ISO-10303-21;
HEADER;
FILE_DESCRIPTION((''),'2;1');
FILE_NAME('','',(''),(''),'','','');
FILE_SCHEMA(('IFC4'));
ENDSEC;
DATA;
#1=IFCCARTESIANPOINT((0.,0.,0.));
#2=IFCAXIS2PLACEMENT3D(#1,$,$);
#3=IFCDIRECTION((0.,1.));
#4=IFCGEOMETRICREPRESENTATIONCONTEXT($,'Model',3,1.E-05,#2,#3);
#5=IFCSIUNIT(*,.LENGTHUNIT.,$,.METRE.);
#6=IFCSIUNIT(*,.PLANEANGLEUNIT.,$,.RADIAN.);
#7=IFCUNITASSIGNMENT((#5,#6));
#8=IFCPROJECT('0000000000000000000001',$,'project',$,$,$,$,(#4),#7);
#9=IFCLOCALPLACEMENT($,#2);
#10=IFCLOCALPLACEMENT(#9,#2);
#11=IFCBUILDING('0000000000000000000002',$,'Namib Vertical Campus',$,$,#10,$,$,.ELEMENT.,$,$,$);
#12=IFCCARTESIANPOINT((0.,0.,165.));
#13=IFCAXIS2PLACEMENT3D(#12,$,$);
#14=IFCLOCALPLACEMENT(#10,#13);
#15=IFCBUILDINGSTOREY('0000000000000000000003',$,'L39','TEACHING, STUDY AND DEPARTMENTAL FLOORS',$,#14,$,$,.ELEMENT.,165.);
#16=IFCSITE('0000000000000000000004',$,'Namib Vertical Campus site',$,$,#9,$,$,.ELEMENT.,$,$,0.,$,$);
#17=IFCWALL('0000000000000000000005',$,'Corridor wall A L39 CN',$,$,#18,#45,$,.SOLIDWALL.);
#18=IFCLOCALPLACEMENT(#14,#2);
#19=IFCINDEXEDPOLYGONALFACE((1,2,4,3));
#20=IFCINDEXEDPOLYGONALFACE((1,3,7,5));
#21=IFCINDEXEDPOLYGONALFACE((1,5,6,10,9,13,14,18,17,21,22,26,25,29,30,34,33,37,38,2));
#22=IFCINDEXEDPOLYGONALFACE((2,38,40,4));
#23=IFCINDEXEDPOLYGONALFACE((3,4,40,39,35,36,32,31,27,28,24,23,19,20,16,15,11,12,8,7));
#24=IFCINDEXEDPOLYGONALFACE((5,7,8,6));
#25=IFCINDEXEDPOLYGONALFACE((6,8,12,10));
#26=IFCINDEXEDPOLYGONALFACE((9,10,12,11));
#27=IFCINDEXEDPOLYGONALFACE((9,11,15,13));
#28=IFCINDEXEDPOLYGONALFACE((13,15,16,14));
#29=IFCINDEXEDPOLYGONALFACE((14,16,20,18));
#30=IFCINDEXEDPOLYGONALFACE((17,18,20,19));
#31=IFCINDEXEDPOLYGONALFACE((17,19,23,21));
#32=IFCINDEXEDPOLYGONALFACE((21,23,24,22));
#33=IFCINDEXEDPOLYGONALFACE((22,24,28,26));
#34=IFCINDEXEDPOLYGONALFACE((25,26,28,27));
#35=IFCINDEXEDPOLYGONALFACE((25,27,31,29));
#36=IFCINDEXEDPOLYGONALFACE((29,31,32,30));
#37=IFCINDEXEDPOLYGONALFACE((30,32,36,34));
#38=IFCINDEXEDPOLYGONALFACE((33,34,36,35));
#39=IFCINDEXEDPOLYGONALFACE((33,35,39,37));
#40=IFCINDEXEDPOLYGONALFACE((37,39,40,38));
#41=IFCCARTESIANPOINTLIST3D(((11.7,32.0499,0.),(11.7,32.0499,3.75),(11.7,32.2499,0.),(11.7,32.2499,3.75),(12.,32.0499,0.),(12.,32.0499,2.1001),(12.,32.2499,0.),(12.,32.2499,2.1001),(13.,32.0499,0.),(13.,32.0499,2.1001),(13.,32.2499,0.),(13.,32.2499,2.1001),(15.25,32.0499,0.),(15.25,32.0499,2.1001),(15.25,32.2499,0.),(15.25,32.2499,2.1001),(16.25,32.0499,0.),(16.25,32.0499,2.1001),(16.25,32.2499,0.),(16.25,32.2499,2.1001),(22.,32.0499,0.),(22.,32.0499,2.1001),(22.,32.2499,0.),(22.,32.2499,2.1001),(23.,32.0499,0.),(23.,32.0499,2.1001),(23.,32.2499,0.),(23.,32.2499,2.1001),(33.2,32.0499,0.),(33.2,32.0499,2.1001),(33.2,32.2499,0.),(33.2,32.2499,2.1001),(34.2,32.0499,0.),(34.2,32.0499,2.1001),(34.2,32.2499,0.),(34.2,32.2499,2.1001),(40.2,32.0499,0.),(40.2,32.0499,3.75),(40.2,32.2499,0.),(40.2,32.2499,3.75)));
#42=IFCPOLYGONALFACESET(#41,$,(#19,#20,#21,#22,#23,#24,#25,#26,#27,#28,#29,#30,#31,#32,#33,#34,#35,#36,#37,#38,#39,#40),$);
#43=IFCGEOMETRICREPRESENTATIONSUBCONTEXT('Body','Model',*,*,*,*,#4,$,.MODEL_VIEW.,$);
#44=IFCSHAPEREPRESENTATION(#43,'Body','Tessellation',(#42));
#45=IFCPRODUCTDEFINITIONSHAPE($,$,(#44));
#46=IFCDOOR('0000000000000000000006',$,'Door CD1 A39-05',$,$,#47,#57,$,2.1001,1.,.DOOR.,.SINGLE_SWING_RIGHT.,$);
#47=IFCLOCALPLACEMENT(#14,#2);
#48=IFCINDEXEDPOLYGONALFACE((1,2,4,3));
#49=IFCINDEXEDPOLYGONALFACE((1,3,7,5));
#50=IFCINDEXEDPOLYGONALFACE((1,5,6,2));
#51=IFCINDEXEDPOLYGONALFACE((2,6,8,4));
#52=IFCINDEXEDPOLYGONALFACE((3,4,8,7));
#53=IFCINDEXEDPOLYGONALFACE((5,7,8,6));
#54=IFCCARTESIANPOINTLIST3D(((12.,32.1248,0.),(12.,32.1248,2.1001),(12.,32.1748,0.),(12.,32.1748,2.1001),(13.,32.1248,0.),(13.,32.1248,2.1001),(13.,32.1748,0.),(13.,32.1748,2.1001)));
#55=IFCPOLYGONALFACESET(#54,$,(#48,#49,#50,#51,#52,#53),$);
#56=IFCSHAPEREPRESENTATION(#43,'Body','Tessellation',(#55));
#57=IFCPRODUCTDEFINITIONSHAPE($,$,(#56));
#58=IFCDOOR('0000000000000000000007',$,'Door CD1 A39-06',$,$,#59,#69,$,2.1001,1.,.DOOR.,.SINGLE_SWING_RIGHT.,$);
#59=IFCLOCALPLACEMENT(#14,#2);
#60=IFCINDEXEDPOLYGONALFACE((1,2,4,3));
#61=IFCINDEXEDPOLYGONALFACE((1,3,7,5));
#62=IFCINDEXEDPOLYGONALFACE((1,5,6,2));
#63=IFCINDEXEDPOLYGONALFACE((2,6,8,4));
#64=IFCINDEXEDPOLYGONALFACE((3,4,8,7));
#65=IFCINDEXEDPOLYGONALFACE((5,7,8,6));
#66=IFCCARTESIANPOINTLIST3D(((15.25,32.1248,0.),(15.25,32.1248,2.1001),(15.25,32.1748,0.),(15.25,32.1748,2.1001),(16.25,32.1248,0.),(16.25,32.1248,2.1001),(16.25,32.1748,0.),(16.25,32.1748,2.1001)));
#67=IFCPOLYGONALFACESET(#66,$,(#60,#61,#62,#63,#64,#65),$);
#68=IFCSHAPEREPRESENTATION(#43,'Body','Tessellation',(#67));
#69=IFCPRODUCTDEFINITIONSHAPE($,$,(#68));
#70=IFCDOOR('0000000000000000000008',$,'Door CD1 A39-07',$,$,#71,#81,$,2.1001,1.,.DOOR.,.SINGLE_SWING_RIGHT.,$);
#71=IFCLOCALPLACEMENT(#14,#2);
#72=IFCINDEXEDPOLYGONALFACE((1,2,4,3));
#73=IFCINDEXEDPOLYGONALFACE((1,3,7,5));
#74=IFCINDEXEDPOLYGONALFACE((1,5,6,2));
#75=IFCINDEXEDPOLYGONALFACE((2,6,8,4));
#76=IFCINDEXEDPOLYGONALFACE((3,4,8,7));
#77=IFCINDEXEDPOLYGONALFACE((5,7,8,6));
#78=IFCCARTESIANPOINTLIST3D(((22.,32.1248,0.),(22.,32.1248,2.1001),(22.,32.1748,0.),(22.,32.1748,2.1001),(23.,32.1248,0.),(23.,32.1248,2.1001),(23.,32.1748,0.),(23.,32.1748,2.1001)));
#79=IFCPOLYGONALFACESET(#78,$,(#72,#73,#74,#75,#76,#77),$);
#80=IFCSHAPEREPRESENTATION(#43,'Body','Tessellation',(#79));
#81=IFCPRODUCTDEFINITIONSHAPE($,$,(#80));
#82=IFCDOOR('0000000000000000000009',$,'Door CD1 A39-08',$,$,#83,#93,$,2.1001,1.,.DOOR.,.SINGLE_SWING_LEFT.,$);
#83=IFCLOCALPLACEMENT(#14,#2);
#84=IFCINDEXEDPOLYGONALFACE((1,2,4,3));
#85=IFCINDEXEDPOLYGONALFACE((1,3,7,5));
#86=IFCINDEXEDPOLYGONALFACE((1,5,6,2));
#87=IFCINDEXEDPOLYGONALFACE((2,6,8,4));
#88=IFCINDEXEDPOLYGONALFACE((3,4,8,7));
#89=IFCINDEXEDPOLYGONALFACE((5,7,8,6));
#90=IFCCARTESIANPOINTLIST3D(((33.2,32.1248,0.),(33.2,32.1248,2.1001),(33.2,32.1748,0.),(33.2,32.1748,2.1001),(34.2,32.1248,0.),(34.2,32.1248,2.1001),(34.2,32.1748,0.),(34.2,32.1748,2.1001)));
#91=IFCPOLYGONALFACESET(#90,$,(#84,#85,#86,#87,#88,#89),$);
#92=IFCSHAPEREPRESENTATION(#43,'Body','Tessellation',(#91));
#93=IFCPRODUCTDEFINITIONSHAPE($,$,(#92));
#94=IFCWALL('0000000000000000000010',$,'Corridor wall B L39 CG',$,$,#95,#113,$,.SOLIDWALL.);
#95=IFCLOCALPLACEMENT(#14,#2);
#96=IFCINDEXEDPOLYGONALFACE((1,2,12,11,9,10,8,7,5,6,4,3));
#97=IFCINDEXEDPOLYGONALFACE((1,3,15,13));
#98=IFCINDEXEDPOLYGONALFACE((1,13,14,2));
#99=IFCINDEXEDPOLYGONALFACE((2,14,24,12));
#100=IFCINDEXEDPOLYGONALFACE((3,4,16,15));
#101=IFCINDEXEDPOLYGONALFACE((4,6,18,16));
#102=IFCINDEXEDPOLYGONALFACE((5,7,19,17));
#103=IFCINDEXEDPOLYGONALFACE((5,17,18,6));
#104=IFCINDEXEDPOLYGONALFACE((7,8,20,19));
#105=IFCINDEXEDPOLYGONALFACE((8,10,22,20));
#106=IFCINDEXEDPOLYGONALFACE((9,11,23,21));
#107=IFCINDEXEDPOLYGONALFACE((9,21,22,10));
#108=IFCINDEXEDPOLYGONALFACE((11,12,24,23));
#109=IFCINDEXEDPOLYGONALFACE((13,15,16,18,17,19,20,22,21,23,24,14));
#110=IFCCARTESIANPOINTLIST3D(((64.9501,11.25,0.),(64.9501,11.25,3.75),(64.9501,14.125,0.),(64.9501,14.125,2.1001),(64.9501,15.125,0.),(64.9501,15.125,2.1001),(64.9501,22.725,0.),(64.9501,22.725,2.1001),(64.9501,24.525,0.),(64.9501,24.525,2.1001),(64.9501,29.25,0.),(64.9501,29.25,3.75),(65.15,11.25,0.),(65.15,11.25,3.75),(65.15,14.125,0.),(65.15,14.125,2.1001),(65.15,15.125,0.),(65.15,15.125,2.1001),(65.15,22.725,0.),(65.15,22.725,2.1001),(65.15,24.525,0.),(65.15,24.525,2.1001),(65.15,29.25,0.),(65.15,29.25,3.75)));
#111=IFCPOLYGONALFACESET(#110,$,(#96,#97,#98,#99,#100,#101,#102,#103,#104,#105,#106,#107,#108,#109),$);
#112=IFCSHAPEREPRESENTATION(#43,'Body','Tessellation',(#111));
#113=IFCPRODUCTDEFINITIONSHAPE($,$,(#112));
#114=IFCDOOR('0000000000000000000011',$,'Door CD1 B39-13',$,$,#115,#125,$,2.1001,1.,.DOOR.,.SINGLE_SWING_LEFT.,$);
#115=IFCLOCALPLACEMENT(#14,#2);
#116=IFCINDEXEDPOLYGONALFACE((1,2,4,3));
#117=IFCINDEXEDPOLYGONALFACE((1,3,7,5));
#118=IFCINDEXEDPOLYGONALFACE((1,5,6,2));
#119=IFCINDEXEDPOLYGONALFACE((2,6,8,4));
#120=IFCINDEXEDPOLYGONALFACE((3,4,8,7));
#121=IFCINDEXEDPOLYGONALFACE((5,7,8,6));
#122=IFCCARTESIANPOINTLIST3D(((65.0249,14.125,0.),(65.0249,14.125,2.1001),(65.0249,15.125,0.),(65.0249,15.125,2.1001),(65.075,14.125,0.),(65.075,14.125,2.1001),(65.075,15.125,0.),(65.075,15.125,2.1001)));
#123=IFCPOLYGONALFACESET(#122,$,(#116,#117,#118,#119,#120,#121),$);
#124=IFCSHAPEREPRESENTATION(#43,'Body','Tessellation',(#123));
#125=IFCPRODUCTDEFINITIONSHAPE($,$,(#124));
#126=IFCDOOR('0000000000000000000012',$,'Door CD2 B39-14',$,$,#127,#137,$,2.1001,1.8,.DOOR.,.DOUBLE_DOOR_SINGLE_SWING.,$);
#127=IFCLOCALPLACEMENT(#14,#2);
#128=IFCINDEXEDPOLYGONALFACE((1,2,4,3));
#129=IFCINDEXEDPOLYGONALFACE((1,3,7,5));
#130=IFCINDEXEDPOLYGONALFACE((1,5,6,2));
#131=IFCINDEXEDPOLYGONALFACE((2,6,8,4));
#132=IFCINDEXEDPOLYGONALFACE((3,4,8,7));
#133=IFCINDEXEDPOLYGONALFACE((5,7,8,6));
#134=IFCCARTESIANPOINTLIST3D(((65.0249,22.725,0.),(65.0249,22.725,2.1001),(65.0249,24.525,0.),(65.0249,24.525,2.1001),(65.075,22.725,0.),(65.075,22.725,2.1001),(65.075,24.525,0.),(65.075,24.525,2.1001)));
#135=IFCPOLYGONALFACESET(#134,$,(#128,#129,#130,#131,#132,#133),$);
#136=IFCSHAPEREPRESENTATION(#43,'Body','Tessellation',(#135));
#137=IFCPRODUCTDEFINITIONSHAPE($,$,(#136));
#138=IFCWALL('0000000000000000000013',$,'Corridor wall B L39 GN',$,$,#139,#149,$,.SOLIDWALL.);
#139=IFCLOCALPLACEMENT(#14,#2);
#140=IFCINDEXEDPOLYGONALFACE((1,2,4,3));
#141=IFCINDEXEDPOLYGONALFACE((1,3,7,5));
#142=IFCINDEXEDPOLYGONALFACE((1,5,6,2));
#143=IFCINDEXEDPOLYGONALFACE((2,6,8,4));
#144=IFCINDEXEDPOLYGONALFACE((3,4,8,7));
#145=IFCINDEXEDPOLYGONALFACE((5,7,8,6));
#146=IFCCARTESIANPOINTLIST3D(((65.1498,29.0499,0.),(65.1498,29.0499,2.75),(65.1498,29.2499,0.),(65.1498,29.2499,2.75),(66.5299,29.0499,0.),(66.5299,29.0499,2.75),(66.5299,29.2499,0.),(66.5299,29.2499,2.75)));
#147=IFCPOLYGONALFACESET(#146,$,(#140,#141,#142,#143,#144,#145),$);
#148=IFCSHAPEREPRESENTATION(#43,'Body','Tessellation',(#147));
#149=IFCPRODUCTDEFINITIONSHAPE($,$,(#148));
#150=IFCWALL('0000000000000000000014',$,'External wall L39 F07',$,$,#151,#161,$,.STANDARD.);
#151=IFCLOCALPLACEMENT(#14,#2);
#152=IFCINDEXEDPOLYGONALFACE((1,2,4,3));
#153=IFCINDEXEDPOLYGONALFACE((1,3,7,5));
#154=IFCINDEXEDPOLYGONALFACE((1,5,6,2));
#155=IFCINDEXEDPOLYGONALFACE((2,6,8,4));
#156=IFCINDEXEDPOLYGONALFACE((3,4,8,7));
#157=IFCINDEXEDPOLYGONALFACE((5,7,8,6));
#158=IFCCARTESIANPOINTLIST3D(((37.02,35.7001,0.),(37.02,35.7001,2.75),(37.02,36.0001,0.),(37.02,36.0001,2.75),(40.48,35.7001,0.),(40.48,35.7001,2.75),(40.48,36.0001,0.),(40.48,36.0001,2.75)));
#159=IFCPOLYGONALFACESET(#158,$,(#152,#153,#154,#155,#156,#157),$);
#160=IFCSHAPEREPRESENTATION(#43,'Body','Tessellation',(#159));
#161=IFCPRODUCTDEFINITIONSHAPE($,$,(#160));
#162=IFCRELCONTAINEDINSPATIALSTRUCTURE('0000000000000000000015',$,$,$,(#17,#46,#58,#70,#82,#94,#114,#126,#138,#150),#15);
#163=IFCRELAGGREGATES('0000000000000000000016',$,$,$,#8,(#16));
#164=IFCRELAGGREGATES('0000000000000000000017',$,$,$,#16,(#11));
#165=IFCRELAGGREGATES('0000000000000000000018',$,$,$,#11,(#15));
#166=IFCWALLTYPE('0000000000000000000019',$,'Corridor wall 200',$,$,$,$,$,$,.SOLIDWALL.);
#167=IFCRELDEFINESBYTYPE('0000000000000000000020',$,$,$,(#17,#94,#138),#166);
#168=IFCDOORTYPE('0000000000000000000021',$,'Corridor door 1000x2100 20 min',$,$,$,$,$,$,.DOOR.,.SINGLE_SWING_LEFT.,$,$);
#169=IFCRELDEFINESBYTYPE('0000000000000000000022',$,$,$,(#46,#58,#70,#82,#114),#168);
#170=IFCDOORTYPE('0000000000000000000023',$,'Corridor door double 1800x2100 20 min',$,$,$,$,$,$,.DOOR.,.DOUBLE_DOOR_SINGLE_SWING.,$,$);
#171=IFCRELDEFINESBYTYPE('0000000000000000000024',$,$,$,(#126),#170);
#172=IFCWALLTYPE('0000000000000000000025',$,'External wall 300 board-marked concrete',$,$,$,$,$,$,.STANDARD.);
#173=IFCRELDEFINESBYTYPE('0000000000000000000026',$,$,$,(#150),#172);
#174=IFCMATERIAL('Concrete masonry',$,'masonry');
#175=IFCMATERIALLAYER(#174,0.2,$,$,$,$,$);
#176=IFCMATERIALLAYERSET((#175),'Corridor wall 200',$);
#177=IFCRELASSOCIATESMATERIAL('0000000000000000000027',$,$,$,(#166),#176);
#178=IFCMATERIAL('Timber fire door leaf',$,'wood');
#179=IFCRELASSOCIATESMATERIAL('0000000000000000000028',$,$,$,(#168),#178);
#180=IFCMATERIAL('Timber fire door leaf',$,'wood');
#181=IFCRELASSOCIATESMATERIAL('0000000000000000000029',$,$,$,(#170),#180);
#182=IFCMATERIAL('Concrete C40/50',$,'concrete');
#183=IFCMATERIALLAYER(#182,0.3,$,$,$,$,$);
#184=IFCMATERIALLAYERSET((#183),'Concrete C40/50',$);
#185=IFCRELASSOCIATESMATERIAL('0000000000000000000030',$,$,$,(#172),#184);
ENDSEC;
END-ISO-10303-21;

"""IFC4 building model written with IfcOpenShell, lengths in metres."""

from ifc_helpers import new_model, si_unit, direction, frame, frame_2d, origin, place, context, subcontext, project, spatial, rectangle, extrude, material, layer, layer_set, type_object, element, fill, save


model = new_model("IFC4")

# Units and contexts
model_context = context("Model", 3, precision=1e-05, world=origin(), true_north=direction((0.0, 1.0)))
body_context = subcontext(model_context, "Body", "Model", "MODEL_VIEW")
ifc_project = project(units=[si_unit("LENGTHUNIT", "METRE"), si_unit("PLANEANGLEUNIT", "RADIAN")], contexts=[model_context])

# Site, building, storey
site_placement = place(None, origin())
site = spatial("IfcSite", under=ifc_project, at=site_placement, Name="Namib Vertical Campus site", CompositionType="ELEMENT", RefElevation=0.0)
building_placement = place(site_placement, origin())
building = spatial("IfcBuilding", under=site, at=building_placement, Name="Namib Vertical Campus", CompositionType="ELEMENT")
storey_placement = place(building_placement, frame((0.0, 0.0, 165.0)))
storey = spatial("IfcBuildingStorey", under=building, at=storey_placement, Name="L39", Description="TEACHING, STUDY AND DEPARTMENTAL FLOORS", CompositionType="ELEMENT", Elevation=165.0)

# Walls, openings, doors
ifc_material_1 = material(Name="Concrete masonry", Category="masonry")
ifc_layer_1 = layer(ifc_material_1, 0.2)
ifc_layer_set_1 = layer_set([ifc_layer_1], Name="Corridor wall 200")
wall_type_1 = type_object("IfcWallType", Name="Corridor wall 200", PredefinedType="SOLIDWALL", material=ifc_layer_set_1)
wall_1_placement = place(storey_placement, frame((40.2, 32.1499, 0.0), z_axis=(0.0, 0.0, 1.0), x_axis=(-1.0, 0.0, 0.0)))
wall_1 = element("IfcWall", 1, at=wall_1_placement, inside=storey, type_object=wall_type_1, Name="Corridor wall A L39 CN", PredefinedType="SOLIDWALL", context=body_context, shape_type="SweptSolid", body=[
    extrude(rectangle(XDim=28.5, YDim=0.2, at=frame_2d((14.25, 0.0))), origin(), (0.0, 0.0, 1.0), 3.75),
])
opening_1_placement = place(wall_1_placement, frame((27.2, 0.0, 0.0)))
opening_1 = element("IfcOpeningElement", 2, at=opening_1_placement, cuts=wall_1, PredefinedType="OPENING", context=body_context, shape_type="SweptSolid", body=[
    extrude(rectangle(XDim=1.0, YDim=2.1001, at=frame_2d((0.5, 1.05))), frame((0.0, 0.1099, 0.0), z_axis=(0.0, -1.0, 0.0), x_axis=(1.0, 0.0, 0.0)), (0.0, 0.0, 1.0), 0.22),
])
opening_2_placement = place(wall_1_placement, frame((23.95, 0.0, 0.0)))
opening_2 = element("IfcOpeningElement", 3, at=opening_2_placement, cuts=wall_1, PredefinedType="OPENING", context=body_context, shape_type="SweptSolid", body=[
    extrude(rectangle(XDim=1.0, YDim=2.1001, at=frame_2d((0.5, 1.05))), frame((0.0, 0.1099, 0.0), z_axis=(0.0, -1.0, 0.0), x_axis=(1.0, 0.0, 0.0)), (0.0, 0.0, 1.0), 0.22),
])
opening_3_placement = place(wall_1_placement, frame((17.2, 0.0, 0.0)))
opening_3 = element("IfcOpeningElement", 4, at=opening_3_placement, cuts=wall_1, PredefinedType="OPENING", context=body_context, shape_type="SweptSolid", body=[
    extrude(rectangle(XDim=1.0, YDim=2.1001, at=frame_2d((0.5, 1.05))), frame((0.0, 0.1099, 0.0), z_axis=(0.0, -1.0, 0.0), x_axis=(1.0, 0.0, 0.0)), (0.0, 0.0, 1.0), 0.22),
])
opening_4_placement = place(wall_1_placement, frame((6.0, 0.0, 0.0)))
opening_4 = element("IfcOpeningElement", 5, at=opening_4_placement, cuts=wall_1, PredefinedType="OPENING", context=body_context, shape_type="SweptSolid", body=[
    extrude(rectangle(XDim=1.0, YDim=2.1001, at=frame_2d((0.5, 1.05))), frame((0.0, 0.1099, 0.0), z_axis=(0.0, -1.0, 0.0), x_axis=(1.0, 0.0, 0.0)), (0.0, 0.0, 1.0), 0.22),
])
ifc_material_2 = material(Name="Timber fire door leaf", Category="wood")
door_type_1 = type_object("IfcDoorType", Name="Corridor door 1000x2100 20 min", OperationType="SINGLE_SWING_LEFT", PredefinedType="DOOR", material=ifc_material_2)
door_1_placement = place(opening_1_placement, frame((1.0, 0.0, 0.0), z_axis=(0.0, 0.0, 1.0), x_axis=(-1.0, 0.0, 0.0)))
door_1 = element("IfcDoor", 6, at=door_1_placement, inside=storey, type_object=door_type_1, Name="Door CD1 A39-05", OperationType="SINGLE_SWING_RIGHT", OverallHeight=2.1001, OverallWidth=1.0, PredefinedType="DOOR", context=body_context, shape_type="SweptSolid", body=[
    extrude(rectangle(XDim=1.0, YDim=2.1001, at=frame_2d((0.5, 1.05))), frame((0.0, 0.0249, 0.0), z_axis=(0.0, -1.0, 0.0), x_axis=(1.0, 0.0, 0.0)), (0.0, 0.0, 1.0), 0.05),
])
fill(opening_1, door_1)
door_2_placement = place(opening_2_placement, frame((1.0, 0.0, 0.0), z_axis=(0.0, 0.0, 1.0), x_axis=(-1.0, 0.0, 0.0)))
door_2 = element("IfcDoor", 7, at=door_2_placement, inside=storey, type_object=door_type_1, Name="Door CD1 A39-06", OperationType="SINGLE_SWING_RIGHT", OverallHeight=2.1001, OverallWidth=1.0, PredefinedType="DOOR", context=body_context, shape_type="SweptSolid", body=[
    extrude(rectangle(XDim=1.0, YDim=2.1001, at=frame_2d((0.5, 1.05))), frame((0.0, 0.0249, 0.0), z_axis=(0.0, -1.0, 0.0), x_axis=(1.0, 0.0, 0.0)), (0.0, 0.0, 1.0), 0.05),
])
fill(opening_2, door_2)
door_3_placement = place(opening_3_placement, frame((1.0, 0.0, 0.0), z_axis=(0.0, 0.0, 1.0), x_axis=(-1.0, 0.0, 0.0)))
door_3 = element("IfcDoor", 8, at=door_3_placement, inside=storey, type_object=door_type_1, Name="Door CD1 A39-07", OperationType="SINGLE_SWING_RIGHT", OverallHeight=2.1001, OverallWidth=1.0, PredefinedType="DOOR", context=body_context, shape_type="SweptSolid", body=[
    extrude(rectangle(XDim=1.0, YDim=2.1001, at=frame_2d((0.5, 1.05))), frame((0.0, 0.0249, 0.0), z_axis=(0.0, -1.0, 0.0), x_axis=(1.0, 0.0, 0.0)), (0.0, 0.0, 1.0), 0.05),
])
fill(opening_3, door_3)
door_4_placement = place(opening_4_placement, frame((1.0, 0.0, 0.0), z_axis=(0.0, 0.0, 1.0), x_axis=(-1.0, 0.0, 0.0)))
door_4 = element("IfcDoor", 9, at=door_4_placement, inside=storey, type_object=door_type_1, Name="Door CD1 A39-08", OperationType="SINGLE_SWING_LEFT", OverallHeight=2.1001, OverallWidth=1.0, PredefinedType="DOOR", context=body_context, shape_type="SweptSolid", body=[
    extrude(rectangle(XDim=1.0, YDim=2.1001, at=frame_2d((0.5, 1.05))), frame((0.0, 0.0249, 0.0), z_axis=(0.0, -1.0, 0.0), x_axis=(1.0, 0.0, 0.0)), (0.0, 0.0, 1.0), 0.05),
])
fill(opening_4, door_4)
wall_2_placement = place(storey_placement, frame((65.05, 29.25, 0.0), z_axis=(0.0, 0.0, 1.0), x_axis=(0.0, -1.0, 0.0)))
wall_2 = element("IfcWall", 10, at=wall_2_placement, inside=storey, type_object=wall_type_1, Name="Corridor wall B L39 CG", PredefinedType="SOLIDWALL", context=body_context, shape_type="SweptSolid", body=[
    extrude(rectangle(XDim=18.0, YDim=0.2, at=frame_2d((9.0, 0.0))), origin(), (0.0, 0.0, 1.0), 3.75),
])
opening_5_placement = place(wall_2_placement, frame((14.125, 0.0, 0.0)))
opening_5 = element("IfcOpeningElement", 11, at=opening_5_placement, cuts=wall_2, PredefinedType="OPENING", context=body_context, shape_type="SweptSolid", body=[
    extrude(rectangle(XDim=1.0, YDim=2.1001, at=frame_2d((0.5, 1.05))), frame((0.0, 0.1099, 0.0), z_axis=(0.0, -1.0, 0.0), x_axis=(1.0, 0.0, 0.0)), (0.0, 0.0, 1.0), 0.22),
])
opening_6_placement = place(wall_2_placement, frame((4.7251, 0.0, 0.0)))
opening_6 = element("IfcOpeningElement", 12, at=opening_6_placement, cuts=wall_2, PredefinedType="OPENING", context=body_context, shape_type="SweptSolid", body=[
    extrude(rectangle(XDim=1.8, YDim=2.1001, at=frame_2d((0.8999, 1.05))), frame((0.0, 0.1099, 0.0), z_axis=(0.0, -1.0, 0.0), x_axis=(1.0, 0.0, 0.0)), (0.0, 0.0, 1.0), 0.22),
])
door_5_placement = place(opening_5_placement, origin())
door_5 = element("IfcDoor", 13, at=door_5_placement, inside=storey, type_object=door_type_1, Name="Door CD1 B39-13", OperationType="SINGLE_SWING_LEFT", OverallHeight=2.1001, OverallWidth=1.0, PredefinedType="DOOR", context=body_context, shape_type="SweptSolid", body=[
    extrude(rectangle(XDim=1.0, YDim=2.1001, at=frame_2d((0.5, 1.05))), frame((0.0, 0.0249, 0.0), z_axis=(0.0, -1.0, 0.0), x_axis=(1.0, 0.0, 0.0)), (0.0, 0.0, 1.0), 0.05),
])
fill(opening_5, door_5)
ifc_material_3 = material(Name="Timber fire door leaf", Category="wood")
door_type_2 = type_object("IfcDoorType", Name="Corridor door double 1800x2100 20 min", OperationType="DOUBLE_DOOR_SINGLE_SWING", PredefinedType="DOOR", material=ifc_material_3)
door_6_placement = place(opening_6_placement, origin())
door_6 = element("IfcDoor", 14, at=door_6_placement, inside=storey, type_object=door_type_2, Name="Door CD2 B39-14", OperationType="DOUBLE_DOOR_SINGLE_SWING", OverallHeight=2.1001, OverallWidth=1.8, PredefinedType="DOOR", context=body_context, shape_type="SweptSolid", body=[
    extrude(rectangle(XDim=1.8, YDim=2.1001, at=frame_2d((0.8999, 1.05))), frame((0.0, 0.0249, 0.0), z_axis=(0.0, -1.0, 0.0), x_axis=(1.0, 0.0, 0.0)), (0.0, 0.0, 1.0), 0.05),
])
fill(opening_6, door_6)

# Walls
wall_3_placement = place(storey_placement, frame((65.1499, 29.1499, 0.0), z_axis=(0.0, 0.0, 1.0), x_axis=(1.0, 0.0, 0.0)))
element("IfcWall", 15, at=wall_3_placement, inside=storey, type_object=wall_type_1, Name="Corridor wall B L39 GN", PredefinedType="SOLIDWALL", context=body_context, shape_type="SweptSolid", body=[
    extrude(rectangle(XDim=1.3801, YDim=0.2, at=frame_2d((0.6899, 0.0))), origin(), (0.0, 0.0, 1.0), 2.75),
])
ifc_material_4 = material(Name="Concrete C40/50", Category="concrete")
ifc_layer_2 = layer(ifc_material_4, 0.3)
ifc_layer_set_2 = layer_set([ifc_layer_2], Name="Concrete C40/50")
wall_type_2 = type_object("IfcWallType", Name="External wall 300 board-marked concrete", PredefinedType="STANDARD", material=ifc_layer_set_2)
wall_4_placement = place(storey_placement, frame((40.48, 35.8501, 0.0), z_axis=(0.0, 0.0, 1.0), x_axis=(-1.0, 0.0, 0.0)))
element("IfcWall", 16, at=wall_4_placement, inside=storey, type_object=wall_type_2, Name="External wall L39 F07", PredefinedType="STANDARD", context=body_context, shape_type="SweptSolid", body=[
    extrude(rectangle(XDim=3.46, YDim=0.3, at=frame_2d((1.73, 0.0))), origin(), (0.0, 0.0, 1.0), 2.75),
])

save(model, "model.ifc")
